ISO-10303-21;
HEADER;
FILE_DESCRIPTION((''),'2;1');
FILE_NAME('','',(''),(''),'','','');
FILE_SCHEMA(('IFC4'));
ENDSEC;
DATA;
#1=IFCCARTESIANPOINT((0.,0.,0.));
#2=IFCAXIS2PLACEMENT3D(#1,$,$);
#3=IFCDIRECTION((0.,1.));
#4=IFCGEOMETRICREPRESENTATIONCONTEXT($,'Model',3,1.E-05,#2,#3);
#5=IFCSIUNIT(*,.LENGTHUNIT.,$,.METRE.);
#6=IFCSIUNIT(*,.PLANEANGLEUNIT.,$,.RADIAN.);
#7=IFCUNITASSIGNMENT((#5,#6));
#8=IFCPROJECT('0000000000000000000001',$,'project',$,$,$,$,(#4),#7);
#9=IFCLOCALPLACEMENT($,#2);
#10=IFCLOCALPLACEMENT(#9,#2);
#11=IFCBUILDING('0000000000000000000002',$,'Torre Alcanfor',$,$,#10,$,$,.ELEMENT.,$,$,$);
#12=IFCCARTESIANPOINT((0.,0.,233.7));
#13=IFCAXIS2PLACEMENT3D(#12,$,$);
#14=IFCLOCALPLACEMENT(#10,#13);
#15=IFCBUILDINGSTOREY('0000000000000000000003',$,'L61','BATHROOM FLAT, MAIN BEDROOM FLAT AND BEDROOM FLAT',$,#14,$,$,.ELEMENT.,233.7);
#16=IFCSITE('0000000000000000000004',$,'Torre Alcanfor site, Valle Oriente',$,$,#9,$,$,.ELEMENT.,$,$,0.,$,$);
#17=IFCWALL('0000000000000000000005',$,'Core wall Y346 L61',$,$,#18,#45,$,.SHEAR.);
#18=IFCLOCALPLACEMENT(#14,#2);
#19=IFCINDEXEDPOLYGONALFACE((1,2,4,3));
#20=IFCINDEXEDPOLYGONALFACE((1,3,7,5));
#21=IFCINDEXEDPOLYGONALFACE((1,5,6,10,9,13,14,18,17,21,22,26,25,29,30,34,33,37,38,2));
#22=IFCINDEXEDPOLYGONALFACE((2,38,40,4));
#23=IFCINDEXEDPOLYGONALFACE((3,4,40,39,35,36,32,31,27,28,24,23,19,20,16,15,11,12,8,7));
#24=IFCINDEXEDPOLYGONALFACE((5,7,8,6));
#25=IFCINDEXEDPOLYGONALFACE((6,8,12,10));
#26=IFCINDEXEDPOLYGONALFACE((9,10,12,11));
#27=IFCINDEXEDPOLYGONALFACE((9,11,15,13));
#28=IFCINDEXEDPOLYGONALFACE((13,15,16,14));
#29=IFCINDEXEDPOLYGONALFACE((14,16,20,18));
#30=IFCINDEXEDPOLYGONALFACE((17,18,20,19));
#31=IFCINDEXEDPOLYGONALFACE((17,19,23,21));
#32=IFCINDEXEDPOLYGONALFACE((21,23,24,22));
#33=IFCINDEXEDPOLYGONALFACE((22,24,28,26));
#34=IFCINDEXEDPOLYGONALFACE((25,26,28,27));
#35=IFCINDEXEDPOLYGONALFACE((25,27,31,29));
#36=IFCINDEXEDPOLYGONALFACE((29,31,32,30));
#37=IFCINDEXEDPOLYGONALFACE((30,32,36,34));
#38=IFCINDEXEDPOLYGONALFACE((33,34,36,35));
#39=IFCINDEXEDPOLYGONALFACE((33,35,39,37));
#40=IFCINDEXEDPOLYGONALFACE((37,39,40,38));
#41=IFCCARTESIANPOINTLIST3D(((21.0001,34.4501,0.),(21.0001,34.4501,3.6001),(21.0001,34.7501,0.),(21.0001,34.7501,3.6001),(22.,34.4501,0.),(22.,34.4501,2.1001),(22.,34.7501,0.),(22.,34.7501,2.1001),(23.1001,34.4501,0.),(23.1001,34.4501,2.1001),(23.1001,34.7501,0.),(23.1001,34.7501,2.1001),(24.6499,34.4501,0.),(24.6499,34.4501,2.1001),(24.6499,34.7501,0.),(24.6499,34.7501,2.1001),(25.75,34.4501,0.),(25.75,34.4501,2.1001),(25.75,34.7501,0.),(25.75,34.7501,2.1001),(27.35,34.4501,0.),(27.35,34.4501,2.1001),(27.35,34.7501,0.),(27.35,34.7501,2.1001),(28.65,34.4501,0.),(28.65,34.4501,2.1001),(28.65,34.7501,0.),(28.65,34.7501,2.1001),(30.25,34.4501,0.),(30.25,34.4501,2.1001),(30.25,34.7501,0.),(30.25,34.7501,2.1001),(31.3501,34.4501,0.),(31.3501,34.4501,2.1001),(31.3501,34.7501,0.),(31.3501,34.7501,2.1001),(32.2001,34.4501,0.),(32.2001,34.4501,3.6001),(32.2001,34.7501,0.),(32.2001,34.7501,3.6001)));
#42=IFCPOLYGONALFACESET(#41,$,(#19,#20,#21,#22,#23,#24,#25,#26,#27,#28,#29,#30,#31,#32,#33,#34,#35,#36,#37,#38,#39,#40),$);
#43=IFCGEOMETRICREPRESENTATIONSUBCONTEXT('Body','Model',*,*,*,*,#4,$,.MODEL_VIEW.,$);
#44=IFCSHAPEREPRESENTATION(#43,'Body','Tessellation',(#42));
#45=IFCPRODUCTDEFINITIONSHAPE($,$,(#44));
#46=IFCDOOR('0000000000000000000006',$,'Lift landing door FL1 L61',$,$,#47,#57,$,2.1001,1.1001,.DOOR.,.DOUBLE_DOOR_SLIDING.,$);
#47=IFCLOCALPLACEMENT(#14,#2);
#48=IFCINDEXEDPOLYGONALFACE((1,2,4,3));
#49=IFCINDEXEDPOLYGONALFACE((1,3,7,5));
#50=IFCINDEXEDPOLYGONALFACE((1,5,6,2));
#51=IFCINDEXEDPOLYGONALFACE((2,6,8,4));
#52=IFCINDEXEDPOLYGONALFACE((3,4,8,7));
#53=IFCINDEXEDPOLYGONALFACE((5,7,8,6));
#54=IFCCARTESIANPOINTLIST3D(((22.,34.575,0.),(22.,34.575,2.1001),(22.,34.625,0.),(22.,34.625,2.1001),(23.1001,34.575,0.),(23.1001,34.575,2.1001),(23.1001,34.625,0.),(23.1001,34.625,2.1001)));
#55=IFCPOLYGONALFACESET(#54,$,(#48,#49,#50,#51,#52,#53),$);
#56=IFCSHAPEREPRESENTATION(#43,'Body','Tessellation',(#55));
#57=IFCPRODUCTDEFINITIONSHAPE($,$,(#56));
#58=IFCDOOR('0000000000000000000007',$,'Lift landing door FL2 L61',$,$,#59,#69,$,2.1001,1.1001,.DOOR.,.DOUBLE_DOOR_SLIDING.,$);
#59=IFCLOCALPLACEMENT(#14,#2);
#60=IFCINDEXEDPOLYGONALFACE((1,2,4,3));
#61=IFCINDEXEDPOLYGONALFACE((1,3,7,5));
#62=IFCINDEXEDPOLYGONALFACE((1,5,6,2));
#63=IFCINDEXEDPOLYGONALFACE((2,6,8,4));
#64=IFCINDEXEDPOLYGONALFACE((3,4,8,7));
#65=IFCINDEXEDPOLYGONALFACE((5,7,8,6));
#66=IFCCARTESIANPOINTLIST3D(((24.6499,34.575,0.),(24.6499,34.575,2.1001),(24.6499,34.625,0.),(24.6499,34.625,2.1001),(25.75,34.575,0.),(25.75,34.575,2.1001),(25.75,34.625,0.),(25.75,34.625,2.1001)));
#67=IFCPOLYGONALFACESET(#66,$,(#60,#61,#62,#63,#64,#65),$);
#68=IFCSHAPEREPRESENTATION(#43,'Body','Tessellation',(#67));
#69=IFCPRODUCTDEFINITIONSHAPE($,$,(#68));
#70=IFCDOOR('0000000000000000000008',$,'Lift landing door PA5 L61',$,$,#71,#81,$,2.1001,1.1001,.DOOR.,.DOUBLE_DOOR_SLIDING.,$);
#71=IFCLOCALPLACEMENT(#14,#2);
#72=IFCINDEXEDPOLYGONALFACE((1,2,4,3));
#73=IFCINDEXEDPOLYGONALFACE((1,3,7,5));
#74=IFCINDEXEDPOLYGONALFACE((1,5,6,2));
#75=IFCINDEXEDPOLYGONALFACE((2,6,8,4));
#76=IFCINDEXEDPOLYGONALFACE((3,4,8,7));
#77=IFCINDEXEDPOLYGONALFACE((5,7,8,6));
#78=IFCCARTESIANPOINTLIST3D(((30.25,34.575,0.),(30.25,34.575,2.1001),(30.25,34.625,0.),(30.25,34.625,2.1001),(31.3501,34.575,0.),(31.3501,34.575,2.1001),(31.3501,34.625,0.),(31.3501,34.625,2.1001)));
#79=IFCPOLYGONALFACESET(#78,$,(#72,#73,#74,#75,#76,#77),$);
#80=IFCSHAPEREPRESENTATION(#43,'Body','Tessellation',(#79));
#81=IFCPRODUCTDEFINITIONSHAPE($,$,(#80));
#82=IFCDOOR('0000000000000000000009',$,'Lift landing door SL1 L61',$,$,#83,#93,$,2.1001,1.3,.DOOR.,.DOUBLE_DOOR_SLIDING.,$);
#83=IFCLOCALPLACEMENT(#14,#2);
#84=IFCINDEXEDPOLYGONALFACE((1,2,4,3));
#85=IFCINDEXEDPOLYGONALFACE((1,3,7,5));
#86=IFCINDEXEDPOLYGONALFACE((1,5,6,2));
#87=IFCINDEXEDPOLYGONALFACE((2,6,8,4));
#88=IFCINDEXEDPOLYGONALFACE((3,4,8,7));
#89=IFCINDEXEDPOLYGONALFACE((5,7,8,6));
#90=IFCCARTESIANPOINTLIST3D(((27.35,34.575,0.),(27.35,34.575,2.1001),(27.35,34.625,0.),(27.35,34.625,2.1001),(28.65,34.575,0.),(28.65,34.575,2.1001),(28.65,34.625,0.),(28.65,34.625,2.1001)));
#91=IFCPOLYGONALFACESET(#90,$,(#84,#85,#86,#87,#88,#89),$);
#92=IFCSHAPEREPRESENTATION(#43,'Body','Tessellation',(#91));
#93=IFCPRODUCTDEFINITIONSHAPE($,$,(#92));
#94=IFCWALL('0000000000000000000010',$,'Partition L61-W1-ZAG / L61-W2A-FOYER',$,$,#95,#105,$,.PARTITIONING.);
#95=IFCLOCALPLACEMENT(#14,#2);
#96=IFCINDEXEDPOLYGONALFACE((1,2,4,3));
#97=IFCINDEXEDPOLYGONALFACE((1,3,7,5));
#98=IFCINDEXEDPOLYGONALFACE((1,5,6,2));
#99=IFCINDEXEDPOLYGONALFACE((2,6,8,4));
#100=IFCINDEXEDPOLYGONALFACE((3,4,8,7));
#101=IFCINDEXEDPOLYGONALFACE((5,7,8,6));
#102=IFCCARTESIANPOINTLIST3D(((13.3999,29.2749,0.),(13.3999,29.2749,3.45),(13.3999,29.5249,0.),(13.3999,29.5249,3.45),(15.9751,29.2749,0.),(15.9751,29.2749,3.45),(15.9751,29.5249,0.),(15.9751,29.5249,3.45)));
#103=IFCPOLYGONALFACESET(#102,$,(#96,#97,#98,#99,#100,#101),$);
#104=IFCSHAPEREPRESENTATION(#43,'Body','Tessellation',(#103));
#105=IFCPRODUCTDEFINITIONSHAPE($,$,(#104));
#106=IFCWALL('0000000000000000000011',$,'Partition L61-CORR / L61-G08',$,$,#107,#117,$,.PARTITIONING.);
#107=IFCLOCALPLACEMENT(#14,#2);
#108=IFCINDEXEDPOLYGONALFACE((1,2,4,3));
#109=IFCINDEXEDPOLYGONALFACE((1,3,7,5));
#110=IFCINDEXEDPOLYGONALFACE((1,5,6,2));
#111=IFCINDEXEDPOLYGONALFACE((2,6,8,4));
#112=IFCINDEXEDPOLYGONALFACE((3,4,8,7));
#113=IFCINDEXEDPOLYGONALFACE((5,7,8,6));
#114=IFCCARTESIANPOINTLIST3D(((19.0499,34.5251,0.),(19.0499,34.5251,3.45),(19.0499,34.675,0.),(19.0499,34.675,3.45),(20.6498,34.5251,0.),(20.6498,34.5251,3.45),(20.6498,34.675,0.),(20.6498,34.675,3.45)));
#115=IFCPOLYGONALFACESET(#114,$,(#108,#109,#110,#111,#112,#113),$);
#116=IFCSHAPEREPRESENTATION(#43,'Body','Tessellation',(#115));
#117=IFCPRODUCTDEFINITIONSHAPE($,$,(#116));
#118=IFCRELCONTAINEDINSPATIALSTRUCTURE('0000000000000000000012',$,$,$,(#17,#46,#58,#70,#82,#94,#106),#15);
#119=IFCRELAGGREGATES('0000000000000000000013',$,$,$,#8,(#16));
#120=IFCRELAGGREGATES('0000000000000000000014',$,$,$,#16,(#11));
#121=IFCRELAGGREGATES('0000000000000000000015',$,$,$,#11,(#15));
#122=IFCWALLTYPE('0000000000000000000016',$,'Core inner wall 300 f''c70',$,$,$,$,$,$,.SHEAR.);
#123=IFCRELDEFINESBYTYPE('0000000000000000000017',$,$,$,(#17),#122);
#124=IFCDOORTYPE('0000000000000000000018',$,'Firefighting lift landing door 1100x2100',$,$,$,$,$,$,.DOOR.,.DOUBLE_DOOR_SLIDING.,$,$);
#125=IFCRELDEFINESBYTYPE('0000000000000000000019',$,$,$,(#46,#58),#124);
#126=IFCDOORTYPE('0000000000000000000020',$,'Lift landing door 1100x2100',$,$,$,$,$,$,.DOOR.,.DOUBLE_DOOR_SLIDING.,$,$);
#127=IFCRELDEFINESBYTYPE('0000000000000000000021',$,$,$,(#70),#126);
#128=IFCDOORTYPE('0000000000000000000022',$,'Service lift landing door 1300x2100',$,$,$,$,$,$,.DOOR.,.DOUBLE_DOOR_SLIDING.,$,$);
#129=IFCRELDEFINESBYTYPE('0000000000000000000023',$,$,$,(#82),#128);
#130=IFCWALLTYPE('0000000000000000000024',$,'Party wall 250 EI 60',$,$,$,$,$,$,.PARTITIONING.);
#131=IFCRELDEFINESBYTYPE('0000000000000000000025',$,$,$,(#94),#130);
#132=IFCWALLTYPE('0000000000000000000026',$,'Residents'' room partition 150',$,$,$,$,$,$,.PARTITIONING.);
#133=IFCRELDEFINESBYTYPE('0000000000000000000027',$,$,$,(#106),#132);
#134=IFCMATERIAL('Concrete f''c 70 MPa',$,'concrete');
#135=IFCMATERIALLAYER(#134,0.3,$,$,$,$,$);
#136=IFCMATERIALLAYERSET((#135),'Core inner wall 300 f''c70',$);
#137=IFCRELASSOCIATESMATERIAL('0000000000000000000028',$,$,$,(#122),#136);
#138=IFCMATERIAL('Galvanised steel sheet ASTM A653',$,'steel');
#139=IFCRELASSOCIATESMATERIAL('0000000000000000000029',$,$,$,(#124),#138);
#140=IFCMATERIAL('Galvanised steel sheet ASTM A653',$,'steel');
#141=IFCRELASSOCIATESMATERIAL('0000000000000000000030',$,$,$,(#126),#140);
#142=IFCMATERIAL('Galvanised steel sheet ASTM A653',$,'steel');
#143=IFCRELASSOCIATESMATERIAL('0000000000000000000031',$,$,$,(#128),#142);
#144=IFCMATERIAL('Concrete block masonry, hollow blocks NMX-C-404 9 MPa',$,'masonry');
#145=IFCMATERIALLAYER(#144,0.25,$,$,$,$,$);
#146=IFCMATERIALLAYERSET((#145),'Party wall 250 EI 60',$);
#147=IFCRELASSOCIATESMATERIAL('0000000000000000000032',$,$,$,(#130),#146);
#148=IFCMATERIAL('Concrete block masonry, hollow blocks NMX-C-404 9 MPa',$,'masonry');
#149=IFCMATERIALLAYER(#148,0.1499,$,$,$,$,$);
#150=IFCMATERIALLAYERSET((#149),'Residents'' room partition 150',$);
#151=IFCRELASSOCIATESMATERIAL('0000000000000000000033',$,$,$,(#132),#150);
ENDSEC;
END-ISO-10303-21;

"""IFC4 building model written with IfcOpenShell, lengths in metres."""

from ifc_helpers import new_model, si_unit, direction, frame, frame_2d, origin, place, context, subcontext, project, spatial, rectangle, extrude, material, layer, layer_set, type_object, element, fill, save


model = new_model("IFC4")

# Units and contexts
model_context = context("Model", 3, precision=1e-05, world=origin(), true_north=direction((0.0, 1.0)))
body_context = subcontext(model_context, "Body", "Model", "MODEL_VIEW")
ifc_project = project(units=[si_unit("LENGTHUNIT", "METRE"), si_unit("PLANEANGLEUNIT", "RADIAN")], contexts=[model_context])

# Site, building, storey
site_placement = place(None, origin())
site = spatial("IfcSite", under=ifc_project, at=site_placement, Name="Torre Alcanfor site, Valle Oriente", CompositionType="ELEMENT", RefElevation=0.0)
building_placement = place(site_placement, origin())
building = spatial("IfcBuilding", under=site, at=building_placement, Name="Torre Alcanfor", CompositionType="ELEMENT")
storey_placement = place(building_placement, frame((0.0, 0.0, 233.7)))
storey = spatial("IfcBuildingStorey", under=building, at=storey_placement, Name="L61", Description="BATHROOM FLAT, MAIN BEDROOM FLAT AND BEDROOM FLAT", CompositionType="ELEMENT", Elevation=233.7)

# Shared definitions
ifc_material_1 = material(Name="Concrete f'c 70 MPa", Category="concrete")
ifc_layer_1 = layer(ifc_material_1, 0.3)
ifc_layer_set_1 = layer_set([ifc_layer_1], Name="Core inner wall 300 f'c70")
wall_type_1 = type_object("IfcWallType", Name="Core inner wall 300 f'c70", PredefinedType="SHEAR", material=ifc_layer_set_1)

# Wall, openings, doors
wall_1_placement = place(storey_placement, frame((21.0, 34.6001, 0.0), z_axis=(0.0, 0.0, 1.0), x_axis=(1.0, 0.0, 0.0)))
wall_1 = element("IfcWall", 1, at=wall_1_placement, inside=storey, type_object=wall_type_1, Name="Core wall Y346 L61", PredefinedType="SHEAR", context=body_context, shape_type="SweptSolid", body=[
    extrude(rectangle(XDim=11.2, YDim=0.3, at=frame_2d((5.6001, 0.0))), origin(), (0.0, 0.0, 1.0), 3.6001),
])
opening_1_placement = place(wall_1_placement, frame((9.25, 0.0, 0.0)))
opening_1 = element("IfcOpeningElement", 2, at=opening_1_placement, cuts=wall_1, PredefinedType="OPENING", context=body_context, shape_type="SweptSolid", body=[
    extrude(rectangle(XDim=1.1001, YDim=2.1001, at=frame_2d((0.55, 1.05))), frame((0.0, 0.1599, 0.0), z_axis=(0.0, -1.0, 0.0), x_axis=(1.0, 0.0, 0.0)), (0.0, 0.0, 1.0), 0.3201),
])
opening_2_placement = place(wall_1_placement, frame((1.0, 0.0, 0.0)))
opening_2 = element("IfcOpeningElement", 3, at=opening_2_placement, cuts=wall_1, PredefinedType="OPENING", context=body_context, shape_type="SweptSolid", body=[
    extrude(rectangle(XDim=1.1001, YDim=2.1001, at=frame_2d((0.55, 1.05))), frame((0.0, 0.1599, 0.0), z_axis=(0.0, -1.0, 0.0), x_axis=(1.0, 0.0, 0.0)), (0.0, 0.0, 1.0), 0.3201),
])
opening_3_placement = place(wall_1_placement, frame((3.6499, 0.0, 0.0)))
opening_3 = element("IfcOpeningElement", 4, at=opening_3_placement, cuts=wall_1, PredefinedType="OPENING", context=body_context, shape_type="SweptSolid", body=[
    extrude(rectangle(XDim=1.1001, YDim=2.1001, at=frame_2d((0.55, 1.05))), frame((0.0, 0.1599, 0.0), z_axis=(0.0, -1.0, 0.0), x_axis=(1.0, 0.0, 0.0)), (0.0, 0.0, 1.0), 0.3201),
])
opening_4_placement = place(wall_1_placement, frame((6.3501, 0.0, 0.0)))
opening_4 = element("IfcOpeningElement", 5, at=opening_4_placement, cuts=wall_1, PredefinedType="OPENING", context=body_context, shape_type="SweptSolid", body=[
    extrude(rectangle(XDim=1.3, YDim=2.1001, at=frame_2d((0.6499, 1.05))), frame((0.0, 0.1599, 0.0), z_axis=(0.0, -1.0, 0.0), x_axis=(1.0, 0.0, 0.0)), (0.0, 0.0, 1.0), 0.3201),
])
ifc_material_2 = material(Name="Galvanised steel sheet ASTM A653", Category="steel")
door_type_1 = type_object("IfcDoorType", Name="Firefighting lift landing door 1100x2100", OperationType="DOUBLE_DOOR_SLIDING", PredefinedType="DOOR", material=ifc_material_2)
door_1_placement = place(opening_2_placement, origin())
door_1 = element("IfcDoor", 6, at=door_1_placement, inside=storey, type_object=door_type_1, Name="Lift landing door FL1 L61", OperationType="DOUBLE_DOOR_SLIDING", OverallHeight=2.1001, OverallWidth=1.1001, PredefinedType="DOOR", context=body_context, shape_type="SweptSolid", body=[
    extrude(rectangle(XDim=1.1001, YDim=2.1001, at=frame_2d((0.55, 1.05))), frame((0.0, 0.0249, 0.0), z_axis=(0.0, -1.0, 0.0), x_axis=(1.0, 0.0, 0.0)), (0.0, 0.0, 1.0), 0.05),
])
fill(opening_2, door_1)
door_2_placement = place(opening_3_placement, origin())
door_2 = element("IfcDoor", 7, at=door_2_placement, inside=storey, type_object=door_type_1, Name="Lift landing door FL2 L61", OperationType="DOUBLE_DOOR_SLIDING", OverallHeight=2.1001, OverallWidth=1.1001, PredefinedType="DOOR", context=body_context, shape_type="SweptSolid", body=[
    extrude(rectangle(XDim=1.1001, YDim=2.1001, at=frame_2d((0.55, 1.05))), frame((0.0, 0.0249, 0.0), z_axis=(0.0, -1.0, 0.0), x_axis=(1.0, 0.0, 0.0)), (0.0, 0.0, 1.0), 0.05),
])
fill(opening_3, door_2)
ifc_material_3 = material(Name="Galvanised steel sheet ASTM A653", Category="steel")
door_type_2 = type_object("IfcDoorType", Name="Lift landing door 1100x2100", OperationType="DOUBLE_DOOR_SLIDING", PredefinedType="DOOR", material=ifc_material_3)
door_3_placement = place(opening_1_placement, origin())
door_3 = element("IfcDoor", 8, at=door_3_placement, inside=storey, type_object=door_type_2, Name="Lift landing door PA5 L61", OperationType="DOUBLE_DOOR_SLIDING", OverallHeight=2.1001, OverallWidth=1.1001, PredefinedType="DOOR", context=body_context, shape_type="SweptSolid", body=[
    extrude(rectangle(XDim=1.1001, YDim=2.1001, at=frame_2d((0.55, 1.05))), frame((0.0, 0.0249, 0.0), z_axis=(0.0, -1.0, 0.0), x_axis=(1.0, 0.0, 0.0)), (0.0, 0.0, 1.0), 0.05),
])
fill(opening_1, door_3)
ifc_material_4 = material(Name="Galvanised steel sheet ASTM A653", Category="steel")
door_type_3 = type_object("IfcDoorType", Name="Service lift landing door 1300x2100", OperationType="DOUBLE_DOOR_SLIDING", PredefinedType="DOOR", material=ifc_material_4)
door_4_placement = place(opening_4_placement, origin())
door_4 = element("IfcDoor", 9, at=door_4_placement, inside=storey, type_object=door_type_3, Name="Lift landing door SL1 L61", OperationType="DOUBLE_DOOR_SLIDING", OverallHeight=2.1001, OverallWidth=1.3, PredefinedType="DOOR", context=body_context, shape_type="SweptSolid", body=[
    extrude(rectangle(XDim=1.3, YDim=2.1001, at=frame_2d((0.6499, 1.05))), frame((0.0, 0.0249, 0.0), z_axis=(0.0, -1.0, 0.0), x_axis=(1.0, 0.0, 0.0)), (0.0, 0.0, 1.0), 0.05),
])
fill(opening_4, door_4)

# Walls
ifc_material_5 = material(Name="Concrete block masonry, hollow blocks NMX-C-404 9 MPa", Category="masonry")
ifc_layer_2 = layer(ifc_material_5, 0.25)
ifc_layer_set_2 = layer_set([ifc_layer_2], Name="Party wall 250 EI 60")
wall_type_2 = type_object("IfcWallType", Name="Party wall 250 EI 60", PredefinedType="PARTITIONING", material=ifc_layer_set_2)
wall_2_placement = place(storey_placement, frame((15.9751, 29.3999, 0.0), z_axis=(0.0, 0.0, 1.0), x_axis=(-1.0, 0.0, 0.0)))
element("IfcWall", 10, at=wall_2_placement, inside=storey, type_object=wall_type_2, Name="Partition L61-W1-ZAG / L61-W2A-FOYER", PredefinedType="PARTITIONING", context=body_context, shape_type="SweptSolid", body=[
    extrude(rectangle(XDim=2.5752, YDim=0.25, at=frame_2d((1.2876, 0.0))), origin(), (0.0, 0.0, 1.0), 3.45),
])
ifc_material_6 = material(Name="Concrete block masonry, hollow blocks NMX-C-404 9 MPa", Category="masonry")
ifc_layer_3 = layer(ifc_material_6, 0.1499)
ifc_layer_set_3 = layer_set([ifc_layer_3], Name="Residents' room partition 150")
wall_type_3 = type_object("IfcWallType", Name="Residents' room partition 150", PredefinedType="PARTITIONING", material=ifc_layer_set_3)
wall_3_placement = place(storey_placement, frame((19.05, 34.6001, 0.0), z_axis=(0.0, 0.0, 1.0), x_axis=(1.0, 0.0, 0.0)))
element("IfcWall", 11, at=wall_3_placement, inside=storey, type_object=wall_type_3, Name="Partition L61-CORR / L61-G08", PredefinedType="PARTITIONING", context=body_context, shape_type="SweptSolid", body=[
    extrude(rectangle(XDim=1.5999, YDim=0.1499, at=frame_2d((0.7998, 0.0))), origin(), (0.0, 0.0, 1.0), 3.45),
])

save(model, "model.ifc")
